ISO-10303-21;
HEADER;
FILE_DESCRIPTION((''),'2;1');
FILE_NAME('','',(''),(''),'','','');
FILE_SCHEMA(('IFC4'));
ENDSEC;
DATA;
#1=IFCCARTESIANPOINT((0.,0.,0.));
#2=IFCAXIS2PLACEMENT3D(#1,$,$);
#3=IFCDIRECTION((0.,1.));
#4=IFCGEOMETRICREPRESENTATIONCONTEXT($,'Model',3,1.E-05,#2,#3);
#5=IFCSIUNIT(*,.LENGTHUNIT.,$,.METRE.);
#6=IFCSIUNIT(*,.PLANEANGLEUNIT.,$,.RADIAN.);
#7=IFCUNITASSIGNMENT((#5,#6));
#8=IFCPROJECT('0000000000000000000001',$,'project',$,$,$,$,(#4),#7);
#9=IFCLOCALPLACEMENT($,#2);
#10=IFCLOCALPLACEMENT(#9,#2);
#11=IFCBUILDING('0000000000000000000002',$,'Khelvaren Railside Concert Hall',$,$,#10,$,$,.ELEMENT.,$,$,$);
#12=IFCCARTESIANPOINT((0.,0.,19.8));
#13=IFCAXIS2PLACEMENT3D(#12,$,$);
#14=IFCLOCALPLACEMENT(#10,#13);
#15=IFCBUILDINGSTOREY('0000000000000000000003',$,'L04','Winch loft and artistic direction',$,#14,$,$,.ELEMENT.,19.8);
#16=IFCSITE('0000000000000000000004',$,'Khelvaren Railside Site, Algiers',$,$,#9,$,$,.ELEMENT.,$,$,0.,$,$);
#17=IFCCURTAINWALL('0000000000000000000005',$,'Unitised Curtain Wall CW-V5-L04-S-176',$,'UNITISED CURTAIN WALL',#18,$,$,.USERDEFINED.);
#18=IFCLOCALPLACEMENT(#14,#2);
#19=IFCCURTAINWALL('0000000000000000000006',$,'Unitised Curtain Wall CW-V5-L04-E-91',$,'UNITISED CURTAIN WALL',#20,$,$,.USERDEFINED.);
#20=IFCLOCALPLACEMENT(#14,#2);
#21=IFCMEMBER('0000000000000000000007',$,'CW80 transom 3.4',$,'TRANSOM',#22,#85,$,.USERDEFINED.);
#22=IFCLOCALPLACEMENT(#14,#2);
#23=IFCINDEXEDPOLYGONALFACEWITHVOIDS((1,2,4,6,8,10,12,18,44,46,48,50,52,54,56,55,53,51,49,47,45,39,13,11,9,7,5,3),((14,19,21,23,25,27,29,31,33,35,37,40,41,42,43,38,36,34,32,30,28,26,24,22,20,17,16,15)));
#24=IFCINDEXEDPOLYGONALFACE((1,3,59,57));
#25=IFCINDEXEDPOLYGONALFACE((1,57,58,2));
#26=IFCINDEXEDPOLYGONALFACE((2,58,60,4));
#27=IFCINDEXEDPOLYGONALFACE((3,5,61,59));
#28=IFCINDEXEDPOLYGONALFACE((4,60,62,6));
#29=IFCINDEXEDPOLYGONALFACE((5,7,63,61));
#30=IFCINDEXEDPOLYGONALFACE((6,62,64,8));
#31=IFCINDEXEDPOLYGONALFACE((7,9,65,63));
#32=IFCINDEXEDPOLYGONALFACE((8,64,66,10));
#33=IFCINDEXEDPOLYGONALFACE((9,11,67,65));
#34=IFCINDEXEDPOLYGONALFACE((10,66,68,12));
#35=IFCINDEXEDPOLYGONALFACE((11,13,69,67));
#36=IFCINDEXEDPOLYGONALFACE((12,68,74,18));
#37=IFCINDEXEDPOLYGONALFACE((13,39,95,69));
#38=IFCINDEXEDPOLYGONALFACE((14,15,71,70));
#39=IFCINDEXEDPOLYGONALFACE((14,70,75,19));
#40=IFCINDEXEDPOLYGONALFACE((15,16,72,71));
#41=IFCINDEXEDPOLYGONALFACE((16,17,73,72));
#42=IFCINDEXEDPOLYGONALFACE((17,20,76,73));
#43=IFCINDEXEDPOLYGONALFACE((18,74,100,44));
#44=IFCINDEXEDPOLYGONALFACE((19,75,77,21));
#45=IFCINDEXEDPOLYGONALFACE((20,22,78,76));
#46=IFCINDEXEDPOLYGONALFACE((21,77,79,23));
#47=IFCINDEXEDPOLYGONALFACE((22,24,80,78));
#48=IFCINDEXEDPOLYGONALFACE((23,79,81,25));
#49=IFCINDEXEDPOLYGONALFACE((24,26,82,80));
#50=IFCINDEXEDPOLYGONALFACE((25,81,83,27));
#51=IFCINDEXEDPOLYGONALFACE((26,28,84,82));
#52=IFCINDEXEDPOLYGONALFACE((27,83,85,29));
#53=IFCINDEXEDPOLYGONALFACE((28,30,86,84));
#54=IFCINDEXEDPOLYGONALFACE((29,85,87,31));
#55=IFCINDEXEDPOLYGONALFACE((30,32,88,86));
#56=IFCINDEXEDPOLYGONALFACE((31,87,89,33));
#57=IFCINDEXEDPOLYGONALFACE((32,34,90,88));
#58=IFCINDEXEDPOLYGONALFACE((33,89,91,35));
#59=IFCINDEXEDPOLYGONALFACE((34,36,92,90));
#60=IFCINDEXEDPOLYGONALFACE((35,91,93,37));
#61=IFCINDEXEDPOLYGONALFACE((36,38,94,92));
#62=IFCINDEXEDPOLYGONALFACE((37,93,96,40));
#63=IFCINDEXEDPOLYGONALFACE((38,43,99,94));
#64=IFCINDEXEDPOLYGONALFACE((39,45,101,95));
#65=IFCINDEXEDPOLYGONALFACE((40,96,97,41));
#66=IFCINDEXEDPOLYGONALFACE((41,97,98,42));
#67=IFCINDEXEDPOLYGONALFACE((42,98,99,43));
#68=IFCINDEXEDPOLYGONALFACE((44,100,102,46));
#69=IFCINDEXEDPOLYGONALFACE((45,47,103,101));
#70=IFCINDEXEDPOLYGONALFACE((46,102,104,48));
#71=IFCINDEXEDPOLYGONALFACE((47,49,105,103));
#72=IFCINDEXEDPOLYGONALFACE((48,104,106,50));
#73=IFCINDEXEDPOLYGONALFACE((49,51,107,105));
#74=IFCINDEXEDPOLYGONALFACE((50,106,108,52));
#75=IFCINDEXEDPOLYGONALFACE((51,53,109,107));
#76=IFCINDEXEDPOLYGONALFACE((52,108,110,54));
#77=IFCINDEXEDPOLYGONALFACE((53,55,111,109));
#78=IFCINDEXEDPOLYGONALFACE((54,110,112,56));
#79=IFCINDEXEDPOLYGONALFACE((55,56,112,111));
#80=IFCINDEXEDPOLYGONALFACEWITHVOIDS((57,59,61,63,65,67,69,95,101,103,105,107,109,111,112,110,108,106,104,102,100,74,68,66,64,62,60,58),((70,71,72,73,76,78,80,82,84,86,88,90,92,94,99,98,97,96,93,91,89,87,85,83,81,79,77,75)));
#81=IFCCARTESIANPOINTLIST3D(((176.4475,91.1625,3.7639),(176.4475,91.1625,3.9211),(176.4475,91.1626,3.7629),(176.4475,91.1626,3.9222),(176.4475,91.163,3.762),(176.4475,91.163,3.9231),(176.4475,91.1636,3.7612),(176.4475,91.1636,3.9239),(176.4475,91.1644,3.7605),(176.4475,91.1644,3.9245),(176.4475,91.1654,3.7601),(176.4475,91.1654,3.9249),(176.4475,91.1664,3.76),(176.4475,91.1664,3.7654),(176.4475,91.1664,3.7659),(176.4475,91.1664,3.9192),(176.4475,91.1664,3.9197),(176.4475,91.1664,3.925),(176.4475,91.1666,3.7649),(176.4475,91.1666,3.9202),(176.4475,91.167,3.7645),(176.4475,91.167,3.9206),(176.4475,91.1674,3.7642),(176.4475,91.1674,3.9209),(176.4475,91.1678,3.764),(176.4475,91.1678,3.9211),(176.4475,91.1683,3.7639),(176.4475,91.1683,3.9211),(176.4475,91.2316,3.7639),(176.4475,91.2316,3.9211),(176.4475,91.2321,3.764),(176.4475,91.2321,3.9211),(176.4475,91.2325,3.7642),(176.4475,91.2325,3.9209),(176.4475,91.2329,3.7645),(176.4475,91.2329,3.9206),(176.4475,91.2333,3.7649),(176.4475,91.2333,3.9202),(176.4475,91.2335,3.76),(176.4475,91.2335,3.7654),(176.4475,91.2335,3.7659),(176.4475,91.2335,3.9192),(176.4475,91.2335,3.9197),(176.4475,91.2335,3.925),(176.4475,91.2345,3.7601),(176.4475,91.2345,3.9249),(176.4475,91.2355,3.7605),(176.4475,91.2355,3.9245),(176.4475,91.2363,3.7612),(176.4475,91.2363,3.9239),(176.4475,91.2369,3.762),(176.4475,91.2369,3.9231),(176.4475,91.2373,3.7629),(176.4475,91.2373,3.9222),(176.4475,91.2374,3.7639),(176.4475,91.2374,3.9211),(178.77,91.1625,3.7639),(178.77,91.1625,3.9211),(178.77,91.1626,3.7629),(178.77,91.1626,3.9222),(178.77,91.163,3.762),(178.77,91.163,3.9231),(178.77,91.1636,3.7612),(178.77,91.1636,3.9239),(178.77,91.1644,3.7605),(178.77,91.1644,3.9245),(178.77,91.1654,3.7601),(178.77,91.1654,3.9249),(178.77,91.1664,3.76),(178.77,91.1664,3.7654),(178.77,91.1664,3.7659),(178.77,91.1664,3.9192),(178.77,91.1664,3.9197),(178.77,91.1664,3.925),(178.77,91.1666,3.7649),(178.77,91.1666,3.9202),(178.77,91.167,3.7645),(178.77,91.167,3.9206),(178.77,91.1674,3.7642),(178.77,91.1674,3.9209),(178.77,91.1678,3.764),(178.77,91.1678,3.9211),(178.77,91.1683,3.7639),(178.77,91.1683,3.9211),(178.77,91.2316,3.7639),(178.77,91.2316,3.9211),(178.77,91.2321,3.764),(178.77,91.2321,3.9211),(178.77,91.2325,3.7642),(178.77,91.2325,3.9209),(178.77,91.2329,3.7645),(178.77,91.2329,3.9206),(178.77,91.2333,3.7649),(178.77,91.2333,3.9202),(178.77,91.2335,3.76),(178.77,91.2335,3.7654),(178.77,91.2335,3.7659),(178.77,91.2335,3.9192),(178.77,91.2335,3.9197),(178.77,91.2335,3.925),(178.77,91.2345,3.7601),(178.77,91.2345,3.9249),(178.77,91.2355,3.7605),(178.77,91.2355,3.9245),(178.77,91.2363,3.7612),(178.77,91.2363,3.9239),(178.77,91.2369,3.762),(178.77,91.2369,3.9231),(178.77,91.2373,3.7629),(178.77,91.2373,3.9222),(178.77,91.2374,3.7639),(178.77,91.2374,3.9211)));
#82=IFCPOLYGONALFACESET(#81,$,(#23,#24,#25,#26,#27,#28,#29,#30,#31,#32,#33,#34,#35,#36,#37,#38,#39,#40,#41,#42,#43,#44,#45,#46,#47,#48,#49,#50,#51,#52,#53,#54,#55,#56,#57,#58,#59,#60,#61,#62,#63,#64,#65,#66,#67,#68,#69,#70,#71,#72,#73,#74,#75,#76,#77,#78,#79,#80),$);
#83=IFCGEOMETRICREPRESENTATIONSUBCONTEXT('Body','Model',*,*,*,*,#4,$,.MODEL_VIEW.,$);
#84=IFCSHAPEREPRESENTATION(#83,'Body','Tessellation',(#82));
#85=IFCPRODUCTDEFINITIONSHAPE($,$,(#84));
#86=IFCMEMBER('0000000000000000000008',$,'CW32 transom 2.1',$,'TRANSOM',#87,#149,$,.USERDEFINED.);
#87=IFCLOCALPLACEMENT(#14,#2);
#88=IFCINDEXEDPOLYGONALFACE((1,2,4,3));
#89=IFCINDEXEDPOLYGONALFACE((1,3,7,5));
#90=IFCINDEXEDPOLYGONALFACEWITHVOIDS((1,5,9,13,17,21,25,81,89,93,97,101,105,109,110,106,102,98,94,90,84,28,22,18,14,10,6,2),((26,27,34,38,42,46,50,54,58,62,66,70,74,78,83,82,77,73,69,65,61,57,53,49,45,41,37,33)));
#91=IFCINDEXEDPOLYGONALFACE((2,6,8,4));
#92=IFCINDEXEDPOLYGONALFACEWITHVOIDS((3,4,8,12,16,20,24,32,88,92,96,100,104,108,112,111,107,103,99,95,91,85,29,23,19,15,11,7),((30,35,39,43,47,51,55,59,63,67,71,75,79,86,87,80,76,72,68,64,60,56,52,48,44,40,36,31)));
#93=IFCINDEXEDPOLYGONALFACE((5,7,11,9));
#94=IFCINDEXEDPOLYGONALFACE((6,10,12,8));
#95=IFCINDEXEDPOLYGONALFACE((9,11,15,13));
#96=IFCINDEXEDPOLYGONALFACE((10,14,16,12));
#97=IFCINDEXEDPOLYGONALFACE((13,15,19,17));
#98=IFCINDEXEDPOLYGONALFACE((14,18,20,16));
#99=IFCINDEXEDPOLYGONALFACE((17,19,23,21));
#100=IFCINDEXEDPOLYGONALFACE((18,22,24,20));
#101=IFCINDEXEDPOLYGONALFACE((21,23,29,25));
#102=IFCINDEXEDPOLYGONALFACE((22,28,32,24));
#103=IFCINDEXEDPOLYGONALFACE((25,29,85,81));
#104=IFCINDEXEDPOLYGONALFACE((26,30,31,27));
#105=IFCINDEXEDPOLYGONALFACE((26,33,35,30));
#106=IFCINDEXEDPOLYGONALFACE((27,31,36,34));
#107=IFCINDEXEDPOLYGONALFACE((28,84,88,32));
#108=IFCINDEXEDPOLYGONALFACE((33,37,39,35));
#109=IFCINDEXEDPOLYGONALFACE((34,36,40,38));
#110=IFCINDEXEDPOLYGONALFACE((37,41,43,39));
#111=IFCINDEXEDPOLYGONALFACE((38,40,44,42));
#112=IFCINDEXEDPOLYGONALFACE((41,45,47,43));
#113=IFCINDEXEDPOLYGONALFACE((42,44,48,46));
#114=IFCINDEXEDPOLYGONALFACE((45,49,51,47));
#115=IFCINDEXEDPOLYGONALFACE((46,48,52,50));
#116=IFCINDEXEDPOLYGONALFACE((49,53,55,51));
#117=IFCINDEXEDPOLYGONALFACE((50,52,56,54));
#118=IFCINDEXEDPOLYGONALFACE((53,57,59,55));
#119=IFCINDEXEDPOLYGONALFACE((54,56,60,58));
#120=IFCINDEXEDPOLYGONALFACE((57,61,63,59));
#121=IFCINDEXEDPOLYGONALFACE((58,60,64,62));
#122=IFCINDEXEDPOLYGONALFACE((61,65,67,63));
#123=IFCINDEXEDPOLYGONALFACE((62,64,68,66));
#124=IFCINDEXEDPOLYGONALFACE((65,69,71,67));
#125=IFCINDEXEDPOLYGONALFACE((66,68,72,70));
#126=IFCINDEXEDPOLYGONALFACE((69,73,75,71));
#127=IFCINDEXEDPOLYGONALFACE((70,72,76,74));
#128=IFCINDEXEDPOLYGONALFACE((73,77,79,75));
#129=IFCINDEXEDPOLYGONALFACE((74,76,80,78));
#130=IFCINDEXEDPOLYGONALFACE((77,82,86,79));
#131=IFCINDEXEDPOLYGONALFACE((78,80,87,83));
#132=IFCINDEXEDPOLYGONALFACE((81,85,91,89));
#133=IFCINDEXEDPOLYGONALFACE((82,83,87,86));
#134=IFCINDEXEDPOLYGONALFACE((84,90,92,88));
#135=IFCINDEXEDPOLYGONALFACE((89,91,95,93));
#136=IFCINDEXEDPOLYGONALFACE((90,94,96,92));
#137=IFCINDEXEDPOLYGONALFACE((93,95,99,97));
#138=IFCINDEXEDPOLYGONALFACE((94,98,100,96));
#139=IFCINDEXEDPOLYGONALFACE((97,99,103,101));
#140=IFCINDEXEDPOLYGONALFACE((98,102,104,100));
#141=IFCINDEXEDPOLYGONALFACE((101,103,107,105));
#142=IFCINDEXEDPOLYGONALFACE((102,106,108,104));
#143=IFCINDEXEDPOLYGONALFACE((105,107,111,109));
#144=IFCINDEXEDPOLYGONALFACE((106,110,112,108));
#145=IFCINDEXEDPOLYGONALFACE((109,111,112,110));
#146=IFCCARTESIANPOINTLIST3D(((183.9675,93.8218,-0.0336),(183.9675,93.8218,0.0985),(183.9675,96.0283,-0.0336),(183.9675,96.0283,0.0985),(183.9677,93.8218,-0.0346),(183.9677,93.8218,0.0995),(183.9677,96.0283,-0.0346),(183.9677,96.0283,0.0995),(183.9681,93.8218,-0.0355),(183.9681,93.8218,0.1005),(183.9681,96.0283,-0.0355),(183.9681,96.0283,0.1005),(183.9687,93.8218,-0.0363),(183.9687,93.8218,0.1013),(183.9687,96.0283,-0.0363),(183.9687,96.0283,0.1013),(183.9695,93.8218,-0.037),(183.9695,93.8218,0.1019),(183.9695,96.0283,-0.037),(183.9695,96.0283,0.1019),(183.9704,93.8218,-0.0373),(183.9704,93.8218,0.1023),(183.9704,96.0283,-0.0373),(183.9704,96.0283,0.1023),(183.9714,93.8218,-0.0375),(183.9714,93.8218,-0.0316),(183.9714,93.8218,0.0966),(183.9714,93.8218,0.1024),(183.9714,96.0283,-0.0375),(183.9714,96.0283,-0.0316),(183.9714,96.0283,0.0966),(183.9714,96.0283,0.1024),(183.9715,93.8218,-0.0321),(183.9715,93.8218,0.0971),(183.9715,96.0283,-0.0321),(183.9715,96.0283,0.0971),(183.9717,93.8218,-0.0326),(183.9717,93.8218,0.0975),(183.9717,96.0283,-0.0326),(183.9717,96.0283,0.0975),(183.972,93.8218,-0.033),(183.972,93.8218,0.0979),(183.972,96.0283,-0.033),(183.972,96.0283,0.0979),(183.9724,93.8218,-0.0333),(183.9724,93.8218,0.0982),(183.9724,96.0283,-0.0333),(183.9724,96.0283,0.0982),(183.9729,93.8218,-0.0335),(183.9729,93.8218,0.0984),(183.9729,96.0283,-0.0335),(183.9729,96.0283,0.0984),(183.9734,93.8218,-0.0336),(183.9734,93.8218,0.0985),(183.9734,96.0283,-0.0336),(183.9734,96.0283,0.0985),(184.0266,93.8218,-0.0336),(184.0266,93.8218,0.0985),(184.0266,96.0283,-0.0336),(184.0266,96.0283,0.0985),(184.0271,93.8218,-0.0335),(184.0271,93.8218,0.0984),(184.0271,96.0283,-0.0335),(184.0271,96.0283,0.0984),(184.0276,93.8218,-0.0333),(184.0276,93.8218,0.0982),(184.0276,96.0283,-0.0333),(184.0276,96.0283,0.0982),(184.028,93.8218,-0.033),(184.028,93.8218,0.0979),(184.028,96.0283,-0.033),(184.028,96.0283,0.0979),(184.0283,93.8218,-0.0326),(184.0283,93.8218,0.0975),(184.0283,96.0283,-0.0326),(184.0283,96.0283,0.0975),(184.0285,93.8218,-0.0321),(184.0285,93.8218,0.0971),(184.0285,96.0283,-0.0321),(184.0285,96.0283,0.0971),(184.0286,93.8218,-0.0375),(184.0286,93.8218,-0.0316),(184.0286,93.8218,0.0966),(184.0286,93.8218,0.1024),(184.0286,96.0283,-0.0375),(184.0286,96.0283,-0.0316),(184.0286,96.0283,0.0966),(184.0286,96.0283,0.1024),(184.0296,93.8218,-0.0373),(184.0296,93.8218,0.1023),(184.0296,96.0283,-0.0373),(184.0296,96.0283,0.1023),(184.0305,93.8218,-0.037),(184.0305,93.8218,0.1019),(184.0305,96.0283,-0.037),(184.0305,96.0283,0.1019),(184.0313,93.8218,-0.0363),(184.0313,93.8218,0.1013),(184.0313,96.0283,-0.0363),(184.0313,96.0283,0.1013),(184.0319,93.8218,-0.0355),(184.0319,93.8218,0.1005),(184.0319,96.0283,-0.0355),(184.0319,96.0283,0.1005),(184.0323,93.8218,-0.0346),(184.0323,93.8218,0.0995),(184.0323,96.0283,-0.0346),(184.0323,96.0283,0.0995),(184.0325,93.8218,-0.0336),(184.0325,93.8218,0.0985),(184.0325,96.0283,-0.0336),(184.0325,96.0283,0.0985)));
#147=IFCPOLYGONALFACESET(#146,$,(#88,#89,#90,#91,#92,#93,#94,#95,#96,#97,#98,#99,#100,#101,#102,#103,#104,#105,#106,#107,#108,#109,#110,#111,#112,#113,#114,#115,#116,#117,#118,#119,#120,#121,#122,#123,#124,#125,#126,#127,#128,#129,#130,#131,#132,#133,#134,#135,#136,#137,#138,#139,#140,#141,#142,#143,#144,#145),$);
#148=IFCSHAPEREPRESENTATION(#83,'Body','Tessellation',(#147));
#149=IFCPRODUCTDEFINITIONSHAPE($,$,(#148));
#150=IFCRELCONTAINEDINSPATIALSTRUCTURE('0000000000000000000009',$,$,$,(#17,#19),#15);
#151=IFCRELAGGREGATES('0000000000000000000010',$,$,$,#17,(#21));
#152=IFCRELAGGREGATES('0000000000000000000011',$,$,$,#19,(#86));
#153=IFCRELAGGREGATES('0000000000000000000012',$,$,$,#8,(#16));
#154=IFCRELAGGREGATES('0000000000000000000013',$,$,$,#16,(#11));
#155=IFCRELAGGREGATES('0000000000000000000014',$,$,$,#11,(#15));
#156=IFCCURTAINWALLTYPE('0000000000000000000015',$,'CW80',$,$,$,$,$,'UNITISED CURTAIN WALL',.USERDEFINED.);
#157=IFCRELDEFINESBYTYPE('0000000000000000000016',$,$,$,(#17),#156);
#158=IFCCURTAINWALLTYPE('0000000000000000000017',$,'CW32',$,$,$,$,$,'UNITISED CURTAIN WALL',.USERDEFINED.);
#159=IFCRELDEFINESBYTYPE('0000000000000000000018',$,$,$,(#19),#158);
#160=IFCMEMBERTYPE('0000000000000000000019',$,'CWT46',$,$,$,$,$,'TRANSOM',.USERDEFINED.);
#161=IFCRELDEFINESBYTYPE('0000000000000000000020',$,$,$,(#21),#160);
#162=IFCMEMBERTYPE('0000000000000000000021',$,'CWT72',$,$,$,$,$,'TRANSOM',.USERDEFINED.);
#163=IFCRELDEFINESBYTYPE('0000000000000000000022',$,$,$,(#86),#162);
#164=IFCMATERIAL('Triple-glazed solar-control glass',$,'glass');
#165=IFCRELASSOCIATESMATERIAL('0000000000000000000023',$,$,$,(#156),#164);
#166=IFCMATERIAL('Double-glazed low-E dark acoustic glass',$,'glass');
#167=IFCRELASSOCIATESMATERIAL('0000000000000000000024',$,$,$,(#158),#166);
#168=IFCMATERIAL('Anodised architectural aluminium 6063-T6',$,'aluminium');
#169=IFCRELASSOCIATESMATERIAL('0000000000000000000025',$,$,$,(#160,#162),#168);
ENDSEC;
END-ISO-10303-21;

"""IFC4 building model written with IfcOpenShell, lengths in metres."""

from ifc_helpers import new_model, si_unit, direction, frame, origin, origin_2d, place, context, subcontext, project, spatial, hollow_rectangle, extrude, material, material_profile, profile_set, type_object, element, aggregate, save


model = new_model("IFC4")

# Units and contexts
model_context = context("Model", 3, precision=1e-05, world=origin(), true_north=direction((0.0, 1.0)))
body_context = subcontext(model_context, "Body", "Model", "MODEL_VIEW")
ifc_project = project(units=[si_unit("LENGTHUNIT", "METRE"), si_unit("PLANEANGLEUNIT", "RADIAN")], contexts=[model_context])

# Site, building, storey
site_placement = place(None, origin())
site = spatial("IfcSite", under=ifc_project, at=site_placement, Name="Khelvaren Railside Site, Algiers", CompositionType="ELEMENT", RefElevation=0.0)
building_placement = place(site_placement, origin())
building = spatial("IfcBuilding", under=site, at=building_placement, Name="Khelvaren Railside Concert Hall", CompositionType="ELEMENT")
storey_placement = place(building_placement, frame((0.0, 0.0, 19.8)))
storey = spatial("IfcBuildingStorey", under=building, at=storey_placement, Name="L04", Description="Winch loft and artistic direction", CompositionType="ELEMENT", Elevation=19.8)

# Curtain walls
ifc_material_1 = material(Name="Triple-glazed solar-control glass", Category="glass")
curtain_wall_type_1 = type_object("IfcCurtainWallType", Name="CW80", ElementType="UNITISED CURTAIN WALL", PredefinedType="USERDEFINED", material=ifc_material_1)
curtain_wall_1_placement = place(storey_placement, origin())
curtain_wall_1 = element("IfcCurtainWall", 1, at=curtain_wall_1_placement, inside=storey, type_object=curtain_wall_type_1, Name="Unitised Curtain Wall CW-V5-L04-S-176", ObjectType="UNITISED CURTAIN WALL", PredefinedType="USERDEFINED")
ifc_material_2 = material(Name="Anodised architectural aluminium 6063-T6", Category="aluminium")
ifc_material_3 = material(Name="Double-glazed low-E dark acoustic glass", Category="glass")
curtain_wall_type_2 = type_object("IfcCurtainWallType", Name="CW32", ElementType="UNITISED CURTAIN WALL", PredefinedType="USERDEFINED", material=ifc_material_3)
curtain_wall_2_placement = place(storey_placement, origin())
curtain_wall_2 = element("IfcCurtainWall", 2, at=curtain_wall_2_placement, inside=storey, type_object=curtain_wall_type_2, Name="Unitised Curtain Wall CW-V5-L04-E-91", ObjectType="UNITISED CURTAIN WALL", PredefinedType="USERDEFINED")

# Members
ifc_material_profile_1 = material_profile(ifc_material_2, hollow_rectangle(XDim=0.075, YDim=0.165, WallThickness=0.0039, InnerFilletRadius=0.002, OuterFilletRadius=0.0039, at=origin_2d()), Name="CWT 75x165x4")
ifc_profile_set_1 = profile_set([ifc_material_profile_1], Name="Anodised architectural aluminium 6063-T6")
member_type_1 = type_object("IfcMemberType", Name="CWT46", ElementType="TRANSOM", PredefinedType="USERDEFINED", material=ifc_profile_set_1)
member_1_placement = place(storey_placement, frame((178.77, 91.2, 3.8425), z_axis=(-1.0, 0.0, 0.0), x_axis=(0.0, -1.0, 0.0)))
member_1 = element("IfcMember", 3, at=member_1_placement, type_object=member_type_1, Name="CW80 transom 3.4", ObjectType="TRANSOM", PredefinedType="USERDEFINED", context=body_context, shape_type="SweptSolid", body=[
    extrude(hollow_rectangle(XDim=0.075, YDim=0.165, WallThickness=0.0039, InnerFilletRadius=0.002, OuterFilletRadius=0.0039, at=origin_2d()), origin(), (0.0, 0.0, 1.0), 2.3225),
])
ifc_material_profile_2 = material_profile(ifc_material_2, hollow_rectangle(XDim=0.0649, YDim=0.1399, WallThickness=0.0039, InnerFilletRadius=0.002, OuterFilletRadius=0.0039, at=origin_2d()), Name="CWT 65x140x4")
ifc_profile_set_2 = profile_set([ifc_material_profile_2], Name="Anodised architectural aluminium 6063-T6")
member_type_2 = type_object("IfcMemberType", Name="CWT72", ElementType="TRANSOM", PredefinedType="USERDEFINED", material=ifc_profile_set_2)
member_2_placement = place(storey_placement, frame((184.0, 96.0283, 0.0325), z_axis=(0.0, -1.0, 0.0), x_axis=(1.0, 0.0, 0.0)))
member_2 = element("IfcMember", 4, at=member_2_placement, type_object=member_type_2, Name="CW32 transom 2.1", ObjectType="TRANSOM", PredefinedType="USERDEFINED", context=body_context, shape_type="SweptSolid", body=[
    extrude(hollow_rectangle(XDim=0.0649, YDim=0.1399, WallThickness=0.0039, InnerFilletRadius=0.002, OuterFilletRadius=0.0039, at=origin_2d()), origin(), (0.0, 0.0, 1.0), 2.2065),
])

aggregate(curtain_wall_1, [member_1])
aggregate(curtain_wall_2, [member_2])

save(model, "model.ifc")
